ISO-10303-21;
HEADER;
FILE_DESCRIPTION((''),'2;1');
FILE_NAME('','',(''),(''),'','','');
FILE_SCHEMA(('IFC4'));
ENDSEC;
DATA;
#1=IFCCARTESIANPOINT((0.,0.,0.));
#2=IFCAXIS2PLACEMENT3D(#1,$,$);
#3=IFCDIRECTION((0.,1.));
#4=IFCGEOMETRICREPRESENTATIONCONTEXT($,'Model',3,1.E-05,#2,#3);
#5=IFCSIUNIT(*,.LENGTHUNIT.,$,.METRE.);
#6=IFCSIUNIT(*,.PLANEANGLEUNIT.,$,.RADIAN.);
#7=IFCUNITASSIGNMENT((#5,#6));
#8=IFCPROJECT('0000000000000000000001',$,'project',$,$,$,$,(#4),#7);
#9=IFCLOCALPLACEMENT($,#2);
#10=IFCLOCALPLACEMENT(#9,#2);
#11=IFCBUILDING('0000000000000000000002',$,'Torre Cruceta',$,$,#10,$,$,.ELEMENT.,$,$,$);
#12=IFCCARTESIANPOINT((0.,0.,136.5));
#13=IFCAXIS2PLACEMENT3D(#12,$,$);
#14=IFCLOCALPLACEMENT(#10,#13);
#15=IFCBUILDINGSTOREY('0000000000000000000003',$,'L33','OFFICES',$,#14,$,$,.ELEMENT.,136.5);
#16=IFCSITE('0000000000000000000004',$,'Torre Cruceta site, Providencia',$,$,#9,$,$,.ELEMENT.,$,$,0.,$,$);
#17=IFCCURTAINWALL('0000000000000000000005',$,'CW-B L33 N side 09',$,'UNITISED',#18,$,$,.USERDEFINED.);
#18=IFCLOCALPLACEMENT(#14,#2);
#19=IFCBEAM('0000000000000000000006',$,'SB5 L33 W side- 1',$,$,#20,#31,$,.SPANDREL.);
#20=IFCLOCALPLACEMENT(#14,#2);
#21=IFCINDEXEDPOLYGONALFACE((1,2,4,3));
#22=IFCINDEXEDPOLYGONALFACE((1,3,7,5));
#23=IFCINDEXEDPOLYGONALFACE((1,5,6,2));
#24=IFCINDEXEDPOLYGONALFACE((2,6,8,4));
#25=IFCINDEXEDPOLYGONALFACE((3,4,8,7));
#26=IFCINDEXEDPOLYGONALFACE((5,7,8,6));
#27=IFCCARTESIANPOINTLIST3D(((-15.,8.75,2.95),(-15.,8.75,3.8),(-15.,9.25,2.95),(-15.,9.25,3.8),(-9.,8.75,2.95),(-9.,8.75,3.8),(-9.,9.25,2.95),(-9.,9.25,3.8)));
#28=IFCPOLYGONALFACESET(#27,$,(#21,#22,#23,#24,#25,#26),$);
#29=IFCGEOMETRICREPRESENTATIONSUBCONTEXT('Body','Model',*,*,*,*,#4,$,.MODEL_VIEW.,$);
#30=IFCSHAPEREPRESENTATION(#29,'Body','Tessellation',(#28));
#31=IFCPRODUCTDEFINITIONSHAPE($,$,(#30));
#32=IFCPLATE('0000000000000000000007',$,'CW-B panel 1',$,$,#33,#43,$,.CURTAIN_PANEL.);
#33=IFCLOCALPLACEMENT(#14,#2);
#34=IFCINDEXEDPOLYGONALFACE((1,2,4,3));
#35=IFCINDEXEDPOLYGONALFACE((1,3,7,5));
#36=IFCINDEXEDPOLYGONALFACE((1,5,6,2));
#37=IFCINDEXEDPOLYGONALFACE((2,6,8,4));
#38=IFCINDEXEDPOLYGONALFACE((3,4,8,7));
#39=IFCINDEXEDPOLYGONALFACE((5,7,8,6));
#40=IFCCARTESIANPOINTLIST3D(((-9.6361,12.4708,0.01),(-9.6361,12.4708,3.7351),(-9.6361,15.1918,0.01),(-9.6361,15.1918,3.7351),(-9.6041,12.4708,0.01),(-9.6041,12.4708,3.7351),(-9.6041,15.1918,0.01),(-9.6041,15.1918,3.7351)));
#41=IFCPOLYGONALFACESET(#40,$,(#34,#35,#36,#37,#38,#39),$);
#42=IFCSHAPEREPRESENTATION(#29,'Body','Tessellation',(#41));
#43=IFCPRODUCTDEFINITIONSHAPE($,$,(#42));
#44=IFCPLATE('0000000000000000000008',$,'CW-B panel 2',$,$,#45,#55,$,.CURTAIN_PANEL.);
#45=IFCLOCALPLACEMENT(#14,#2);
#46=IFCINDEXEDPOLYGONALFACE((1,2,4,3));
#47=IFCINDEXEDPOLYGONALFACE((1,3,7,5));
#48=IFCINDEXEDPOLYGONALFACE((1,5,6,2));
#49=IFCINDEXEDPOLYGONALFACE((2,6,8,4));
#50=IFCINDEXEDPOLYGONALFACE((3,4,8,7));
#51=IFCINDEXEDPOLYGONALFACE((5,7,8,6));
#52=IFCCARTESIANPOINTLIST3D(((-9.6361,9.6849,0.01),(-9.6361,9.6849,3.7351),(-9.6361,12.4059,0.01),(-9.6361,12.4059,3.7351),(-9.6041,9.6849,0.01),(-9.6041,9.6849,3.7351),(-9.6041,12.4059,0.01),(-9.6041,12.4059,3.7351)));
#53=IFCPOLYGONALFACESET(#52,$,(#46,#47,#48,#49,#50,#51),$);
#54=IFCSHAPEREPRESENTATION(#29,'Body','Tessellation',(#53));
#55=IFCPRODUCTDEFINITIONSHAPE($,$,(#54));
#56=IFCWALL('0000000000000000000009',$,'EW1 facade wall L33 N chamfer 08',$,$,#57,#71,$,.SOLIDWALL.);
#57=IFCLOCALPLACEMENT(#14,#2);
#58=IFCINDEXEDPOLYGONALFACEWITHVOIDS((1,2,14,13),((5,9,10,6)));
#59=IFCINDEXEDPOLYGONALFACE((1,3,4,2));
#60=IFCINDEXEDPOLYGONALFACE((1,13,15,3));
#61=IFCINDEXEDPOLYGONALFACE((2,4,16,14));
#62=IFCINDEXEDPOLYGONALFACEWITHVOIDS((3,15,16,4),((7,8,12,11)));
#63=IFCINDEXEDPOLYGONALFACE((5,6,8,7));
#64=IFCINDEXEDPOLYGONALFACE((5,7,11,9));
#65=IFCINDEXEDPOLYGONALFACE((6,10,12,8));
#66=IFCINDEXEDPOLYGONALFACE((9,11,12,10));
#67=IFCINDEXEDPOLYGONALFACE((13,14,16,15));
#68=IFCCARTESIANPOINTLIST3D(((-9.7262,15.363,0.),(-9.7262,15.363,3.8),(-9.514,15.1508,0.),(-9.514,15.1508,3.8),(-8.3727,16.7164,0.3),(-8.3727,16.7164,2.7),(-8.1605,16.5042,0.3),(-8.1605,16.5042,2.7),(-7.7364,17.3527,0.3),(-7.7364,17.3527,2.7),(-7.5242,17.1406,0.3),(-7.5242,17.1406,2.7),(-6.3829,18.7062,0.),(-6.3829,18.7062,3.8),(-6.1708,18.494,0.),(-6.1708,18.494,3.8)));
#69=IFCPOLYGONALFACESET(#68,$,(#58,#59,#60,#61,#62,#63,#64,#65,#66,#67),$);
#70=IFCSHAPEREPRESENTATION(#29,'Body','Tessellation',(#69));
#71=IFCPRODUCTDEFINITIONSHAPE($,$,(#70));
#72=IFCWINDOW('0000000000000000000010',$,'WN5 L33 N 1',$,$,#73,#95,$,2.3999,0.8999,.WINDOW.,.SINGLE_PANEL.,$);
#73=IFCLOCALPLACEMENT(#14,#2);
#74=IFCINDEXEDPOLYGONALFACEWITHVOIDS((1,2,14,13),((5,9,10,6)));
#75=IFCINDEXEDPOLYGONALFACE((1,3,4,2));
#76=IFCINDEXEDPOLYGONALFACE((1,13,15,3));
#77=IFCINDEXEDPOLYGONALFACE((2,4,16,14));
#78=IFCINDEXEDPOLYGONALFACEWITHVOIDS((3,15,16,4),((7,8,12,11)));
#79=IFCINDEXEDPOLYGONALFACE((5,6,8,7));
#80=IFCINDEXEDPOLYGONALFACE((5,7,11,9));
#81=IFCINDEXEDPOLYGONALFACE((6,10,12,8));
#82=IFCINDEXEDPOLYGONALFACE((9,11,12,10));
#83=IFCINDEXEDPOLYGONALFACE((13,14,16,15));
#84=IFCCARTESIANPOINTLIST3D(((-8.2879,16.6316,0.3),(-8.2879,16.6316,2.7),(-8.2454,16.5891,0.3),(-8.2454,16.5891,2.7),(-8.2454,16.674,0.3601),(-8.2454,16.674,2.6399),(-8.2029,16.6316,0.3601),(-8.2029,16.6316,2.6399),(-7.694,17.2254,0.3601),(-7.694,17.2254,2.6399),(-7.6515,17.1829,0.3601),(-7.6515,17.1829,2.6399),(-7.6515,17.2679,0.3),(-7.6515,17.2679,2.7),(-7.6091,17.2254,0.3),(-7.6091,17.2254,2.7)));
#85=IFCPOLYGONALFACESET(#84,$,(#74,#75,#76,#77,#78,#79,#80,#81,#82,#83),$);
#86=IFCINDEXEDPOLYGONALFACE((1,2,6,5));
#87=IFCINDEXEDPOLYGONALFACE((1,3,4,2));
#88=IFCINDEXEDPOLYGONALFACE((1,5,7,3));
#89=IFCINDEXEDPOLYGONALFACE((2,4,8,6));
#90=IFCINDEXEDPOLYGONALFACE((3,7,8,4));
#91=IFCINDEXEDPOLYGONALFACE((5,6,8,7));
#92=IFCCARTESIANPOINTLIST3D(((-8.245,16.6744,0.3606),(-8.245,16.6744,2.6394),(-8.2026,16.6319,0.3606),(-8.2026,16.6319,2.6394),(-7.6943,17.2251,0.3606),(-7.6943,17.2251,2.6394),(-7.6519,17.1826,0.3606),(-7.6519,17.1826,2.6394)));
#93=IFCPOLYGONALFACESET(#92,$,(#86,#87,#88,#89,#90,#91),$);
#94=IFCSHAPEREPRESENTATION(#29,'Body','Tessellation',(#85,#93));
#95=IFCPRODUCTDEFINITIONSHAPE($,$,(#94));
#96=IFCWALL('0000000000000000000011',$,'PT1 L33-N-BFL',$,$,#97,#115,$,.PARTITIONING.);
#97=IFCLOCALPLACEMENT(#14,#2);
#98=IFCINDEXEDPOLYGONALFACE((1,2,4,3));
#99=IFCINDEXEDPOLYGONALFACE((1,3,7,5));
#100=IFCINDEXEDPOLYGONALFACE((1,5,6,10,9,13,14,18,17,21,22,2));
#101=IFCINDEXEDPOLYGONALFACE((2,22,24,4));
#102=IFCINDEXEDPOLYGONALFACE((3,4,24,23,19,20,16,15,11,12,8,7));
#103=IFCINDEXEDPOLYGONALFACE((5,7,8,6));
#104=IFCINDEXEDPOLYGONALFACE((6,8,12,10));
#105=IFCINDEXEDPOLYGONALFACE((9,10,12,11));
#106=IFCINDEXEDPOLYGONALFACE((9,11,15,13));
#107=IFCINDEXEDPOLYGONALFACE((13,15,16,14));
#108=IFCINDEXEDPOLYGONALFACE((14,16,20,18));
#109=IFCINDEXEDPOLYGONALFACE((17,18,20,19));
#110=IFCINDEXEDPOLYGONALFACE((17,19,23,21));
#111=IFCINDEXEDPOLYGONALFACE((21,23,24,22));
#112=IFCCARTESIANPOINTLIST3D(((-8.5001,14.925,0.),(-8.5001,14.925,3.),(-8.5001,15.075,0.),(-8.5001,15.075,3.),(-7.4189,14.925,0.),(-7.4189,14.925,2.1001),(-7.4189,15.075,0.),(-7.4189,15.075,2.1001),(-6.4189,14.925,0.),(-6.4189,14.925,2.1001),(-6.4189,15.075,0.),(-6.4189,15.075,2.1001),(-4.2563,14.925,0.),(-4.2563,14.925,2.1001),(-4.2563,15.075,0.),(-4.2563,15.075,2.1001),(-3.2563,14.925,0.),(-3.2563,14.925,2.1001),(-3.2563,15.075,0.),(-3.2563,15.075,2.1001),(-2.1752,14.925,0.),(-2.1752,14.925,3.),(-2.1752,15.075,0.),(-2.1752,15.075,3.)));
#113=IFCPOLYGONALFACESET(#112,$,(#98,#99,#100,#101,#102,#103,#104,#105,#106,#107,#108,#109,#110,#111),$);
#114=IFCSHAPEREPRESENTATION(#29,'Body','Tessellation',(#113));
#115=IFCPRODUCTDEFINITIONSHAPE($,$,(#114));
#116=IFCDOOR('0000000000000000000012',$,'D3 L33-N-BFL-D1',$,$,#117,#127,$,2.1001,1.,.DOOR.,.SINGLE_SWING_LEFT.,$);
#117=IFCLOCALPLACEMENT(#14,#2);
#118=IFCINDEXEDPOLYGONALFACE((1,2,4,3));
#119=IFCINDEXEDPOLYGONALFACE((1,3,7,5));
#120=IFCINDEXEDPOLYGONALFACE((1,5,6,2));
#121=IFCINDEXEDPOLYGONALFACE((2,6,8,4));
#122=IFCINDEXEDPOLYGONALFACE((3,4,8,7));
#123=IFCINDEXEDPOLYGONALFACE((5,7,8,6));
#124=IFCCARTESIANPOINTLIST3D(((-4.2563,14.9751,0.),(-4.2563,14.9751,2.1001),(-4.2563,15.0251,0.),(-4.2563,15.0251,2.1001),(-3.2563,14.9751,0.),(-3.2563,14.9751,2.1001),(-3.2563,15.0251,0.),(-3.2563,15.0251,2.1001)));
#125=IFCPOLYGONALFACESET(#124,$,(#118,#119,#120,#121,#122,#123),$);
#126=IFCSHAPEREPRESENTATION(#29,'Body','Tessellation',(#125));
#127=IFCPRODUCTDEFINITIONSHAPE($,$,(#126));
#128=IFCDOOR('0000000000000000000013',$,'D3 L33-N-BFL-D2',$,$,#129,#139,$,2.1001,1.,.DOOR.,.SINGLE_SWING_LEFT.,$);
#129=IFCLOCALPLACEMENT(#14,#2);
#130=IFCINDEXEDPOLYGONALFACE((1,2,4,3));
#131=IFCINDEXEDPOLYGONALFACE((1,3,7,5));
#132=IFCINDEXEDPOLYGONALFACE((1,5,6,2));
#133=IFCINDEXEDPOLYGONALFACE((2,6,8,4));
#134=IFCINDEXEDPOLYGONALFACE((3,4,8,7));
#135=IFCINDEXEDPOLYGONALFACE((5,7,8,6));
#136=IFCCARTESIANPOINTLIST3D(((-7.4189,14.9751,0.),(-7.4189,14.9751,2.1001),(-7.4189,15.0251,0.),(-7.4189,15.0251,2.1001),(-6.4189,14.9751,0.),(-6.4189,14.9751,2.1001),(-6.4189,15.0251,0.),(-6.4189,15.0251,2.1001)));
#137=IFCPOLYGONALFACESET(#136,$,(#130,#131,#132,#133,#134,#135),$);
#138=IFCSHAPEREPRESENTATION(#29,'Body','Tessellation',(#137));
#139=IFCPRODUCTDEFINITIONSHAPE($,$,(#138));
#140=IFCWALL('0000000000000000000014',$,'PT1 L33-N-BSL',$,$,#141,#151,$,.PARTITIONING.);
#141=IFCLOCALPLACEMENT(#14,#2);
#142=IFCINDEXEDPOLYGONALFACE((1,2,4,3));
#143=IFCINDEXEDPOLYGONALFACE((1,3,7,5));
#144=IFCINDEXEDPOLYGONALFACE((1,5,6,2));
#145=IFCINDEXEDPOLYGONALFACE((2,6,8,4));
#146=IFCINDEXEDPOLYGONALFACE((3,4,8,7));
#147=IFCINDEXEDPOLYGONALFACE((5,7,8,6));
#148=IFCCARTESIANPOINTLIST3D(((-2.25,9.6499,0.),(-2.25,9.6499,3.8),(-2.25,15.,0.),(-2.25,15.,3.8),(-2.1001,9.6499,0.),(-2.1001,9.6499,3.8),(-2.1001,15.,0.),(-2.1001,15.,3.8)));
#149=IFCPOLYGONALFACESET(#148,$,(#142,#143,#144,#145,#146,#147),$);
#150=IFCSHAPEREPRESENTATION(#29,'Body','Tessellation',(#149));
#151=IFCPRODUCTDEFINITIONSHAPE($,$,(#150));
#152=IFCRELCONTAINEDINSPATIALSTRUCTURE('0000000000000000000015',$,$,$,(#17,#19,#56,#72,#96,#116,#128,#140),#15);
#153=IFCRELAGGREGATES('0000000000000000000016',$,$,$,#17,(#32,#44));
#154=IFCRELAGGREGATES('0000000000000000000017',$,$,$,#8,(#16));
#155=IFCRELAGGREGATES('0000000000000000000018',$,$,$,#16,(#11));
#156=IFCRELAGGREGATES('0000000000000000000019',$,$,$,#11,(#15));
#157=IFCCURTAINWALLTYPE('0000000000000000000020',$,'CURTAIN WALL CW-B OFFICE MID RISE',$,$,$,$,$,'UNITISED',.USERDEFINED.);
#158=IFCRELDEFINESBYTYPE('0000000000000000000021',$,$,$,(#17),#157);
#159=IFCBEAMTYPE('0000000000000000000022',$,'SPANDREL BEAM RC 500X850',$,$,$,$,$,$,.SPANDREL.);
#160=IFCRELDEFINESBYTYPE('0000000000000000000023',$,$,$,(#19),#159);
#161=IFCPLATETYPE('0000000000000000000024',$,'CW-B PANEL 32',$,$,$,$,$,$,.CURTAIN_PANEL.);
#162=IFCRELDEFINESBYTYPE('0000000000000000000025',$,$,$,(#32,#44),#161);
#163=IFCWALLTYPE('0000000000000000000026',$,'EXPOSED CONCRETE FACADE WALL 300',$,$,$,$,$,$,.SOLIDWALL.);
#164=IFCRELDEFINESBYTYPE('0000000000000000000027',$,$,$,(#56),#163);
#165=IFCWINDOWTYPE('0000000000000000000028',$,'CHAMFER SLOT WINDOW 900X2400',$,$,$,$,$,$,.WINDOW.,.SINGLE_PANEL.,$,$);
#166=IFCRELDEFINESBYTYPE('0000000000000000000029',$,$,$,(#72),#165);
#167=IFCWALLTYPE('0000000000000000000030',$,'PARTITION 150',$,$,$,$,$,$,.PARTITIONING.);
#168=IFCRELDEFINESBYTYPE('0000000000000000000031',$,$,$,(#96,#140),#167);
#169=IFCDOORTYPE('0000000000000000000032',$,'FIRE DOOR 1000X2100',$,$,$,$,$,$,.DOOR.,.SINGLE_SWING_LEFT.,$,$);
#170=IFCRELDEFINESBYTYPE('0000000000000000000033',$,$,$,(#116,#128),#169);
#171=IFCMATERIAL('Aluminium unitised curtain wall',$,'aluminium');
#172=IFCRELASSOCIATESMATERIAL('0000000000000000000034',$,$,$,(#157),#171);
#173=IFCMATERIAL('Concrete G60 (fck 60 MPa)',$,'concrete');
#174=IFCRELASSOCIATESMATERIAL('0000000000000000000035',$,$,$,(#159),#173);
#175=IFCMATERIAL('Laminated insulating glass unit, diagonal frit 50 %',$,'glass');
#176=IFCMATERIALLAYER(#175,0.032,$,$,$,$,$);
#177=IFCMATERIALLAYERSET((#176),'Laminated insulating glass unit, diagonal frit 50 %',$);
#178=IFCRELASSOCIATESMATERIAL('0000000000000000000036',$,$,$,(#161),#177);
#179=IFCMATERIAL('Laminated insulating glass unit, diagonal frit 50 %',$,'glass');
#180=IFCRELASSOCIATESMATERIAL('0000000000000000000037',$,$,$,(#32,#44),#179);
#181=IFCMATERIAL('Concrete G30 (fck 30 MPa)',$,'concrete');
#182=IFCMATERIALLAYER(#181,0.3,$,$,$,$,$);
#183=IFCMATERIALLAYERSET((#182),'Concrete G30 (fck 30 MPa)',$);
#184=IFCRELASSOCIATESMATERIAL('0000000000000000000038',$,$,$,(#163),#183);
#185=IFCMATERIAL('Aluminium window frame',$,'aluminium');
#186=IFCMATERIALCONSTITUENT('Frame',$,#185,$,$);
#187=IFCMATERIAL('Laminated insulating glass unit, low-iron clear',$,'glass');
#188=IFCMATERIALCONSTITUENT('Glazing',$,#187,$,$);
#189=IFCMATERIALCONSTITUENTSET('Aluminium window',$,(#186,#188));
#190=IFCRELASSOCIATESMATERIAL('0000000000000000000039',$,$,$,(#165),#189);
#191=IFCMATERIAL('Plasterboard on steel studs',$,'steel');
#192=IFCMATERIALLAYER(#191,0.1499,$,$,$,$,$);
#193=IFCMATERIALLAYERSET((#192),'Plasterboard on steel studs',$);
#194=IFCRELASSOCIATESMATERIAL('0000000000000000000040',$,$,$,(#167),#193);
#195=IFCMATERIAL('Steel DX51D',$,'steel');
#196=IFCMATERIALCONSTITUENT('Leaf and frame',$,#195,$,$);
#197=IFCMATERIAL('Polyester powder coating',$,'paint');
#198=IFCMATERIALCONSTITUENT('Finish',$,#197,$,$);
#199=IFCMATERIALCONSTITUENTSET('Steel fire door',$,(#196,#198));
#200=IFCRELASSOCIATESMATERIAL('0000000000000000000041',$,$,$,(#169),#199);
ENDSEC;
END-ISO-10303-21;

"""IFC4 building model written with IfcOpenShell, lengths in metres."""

from ifc_helpers import new_model, si_unit, direction, frame, frame_2d, origin, origin_2d, place, context, subcontext, project, spatial, rectangle, hollow_rectangle, extrude, material, layer, layer_set, constituent, constituent_set, material_profile, profile_set, type_object, element, fill, aggregate, save


model = new_model("IFC4")

# Units and contexts
model_context = context("Model", 3, precision=1e-05, world=origin(), true_north=direction((0.0, 1.0)))
body_context = subcontext(model_context, "Body", "Model", "MODEL_VIEW")
ifc_project = project(units=[si_unit("LENGTHUNIT", "METRE"), si_unit("PLANEANGLEUNIT", "RADIAN")], contexts=[model_context])

# Site, building, storey
site_placement = place(None, origin())
site = spatial("IfcSite", under=ifc_project, at=site_placement, Name="Torre Cruceta site, Providencia", CompositionType="ELEMENT", RefElevation=0.0)
building_placement = place(site_placement, origin())
building = spatial("IfcBuilding", under=site, at=building_placement, Name="Torre Cruceta", CompositionType="ELEMENT")
storey_placement = place(building_placement, frame((0.0, 0.0, 136.5)))
storey = spatial("IfcBuildingStorey", under=building, at=storey_placement, Name="L33", Description="OFFICES", CompositionType="ELEMENT", Elevation=136.5)

# Curtain wall
ifc_material_1 = material(Name="Aluminium unitised curtain wall", Category="aluminium")
curtain_wall_type = type_object("IfcCurtainWallType", Name="CURTAIN WALL CW-B OFFICE MID RISE", ElementType="UNITISED", PredefinedType="USERDEFINED", material=ifc_material_1)
curtain_wall_placement = place(storey_placement, origin())
curtain_wall = element("IfcCurtainWall", 1, at=curtain_wall_placement, inside=storey, type_object=curtain_wall_type, Name="CW-B L33 N side 09", ObjectType="UNITISED", PredefinedType="USERDEFINED")

# Beam
ifc_material_2 = material(Name="Concrete G60 (fck 60 MPa)", Category="concrete")
ifc_material_profile_1 = material_profile(ifc_material_2, rectangle(XDim=0.5, YDim=0.8501, at=origin_2d()), Name="RC 500X850")
ifc_profile_set_1 = profile_set([ifc_material_profile_1], Name="Concrete G60 (fck 60 MPa)")
beam_type_1 = type_object("IfcBeamType", Name="SPANDREL BEAM RC 500X850", PredefinedType="SPANDREL", material=ifc_profile_set_1)
beam_1_placement = place(storey_placement, frame((-9.0, 9.0, 3.375), z_axis=(-1.0, 0.0, 0.0), x_axis=(0.0, -1.0, 0.0)))
element("IfcBeam", 2, at=beam_1_placement, inside=storey, type_object=beam_type_1, Name="SB5 L33 W side- 1", PredefinedType="SPANDREL", context=body_context, shape_type="SweptSolid", body=[
    extrude(rectangle(XDim=0.5, YDim=0.8501, at=origin_2d()), origin(), (0.0, 0.0, 1.0), 6.0),
])

# Plates
ifc_material_3 = material(Name="Laminated insulating glass unit, diagonal frit 50 %", Category="glass")
ifc_material_4 = material(Name="Laminated insulating glass unit, diagonal frit 50 %", Category="glass")
ifc_layer_1 = layer(ifc_material_4, 0.032)
ifc_layer_set_1 = layer_set([ifc_layer_1], Name="Laminated insulating glass unit, diagonal frit 50 %")
plate_type = type_object("IfcPlateType", Name="CW-B PANEL 32", PredefinedType="CURTAIN_PANEL", material=ifc_layer_set_1)
plate_1_placement = place(storey_placement, frame((-9.6201, 13.8313, 0.01), z_axis=(0.0, 0.0, 1.0), x_axis=(0.0, -1.0, 0.0)))
plate_1 = element("IfcPlate", 3, at=plate_1_placement, type_object=plate_type, material=ifc_material_3, Name="CW-B panel 1", PredefinedType="CURTAIN_PANEL", context=body_context, shape_type="SweptSolid", body=[
    extrude(rectangle(XDim=2.7209, YDim=0.032, at=origin_2d()), origin(), (0.0, 0.0, 1.0), 3.7251),
])
plate_2_placement = place(storey_placement, frame((-9.6201, 11.0454, 0.01), z_axis=(0.0, 0.0, 1.0), x_axis=(0.0, -1.0, 0.0)))
plate_2 = element("IfcPlate", 4, at=plate_2_placement, type_object=plate_type, material=ifc_material_3, Name="CW-B panel 2", PredefinedType="CURTAIN_PANEL", context=body_context, shape_type="SweptSolid", body=[
    extrude(rectangle(XDim=2.7209, YDim=0.032, at=origin_2d()), origin(), (0.0, 0.0, 1.0), 3.7251),
])
aggregate(curtain_wall, [plate_1, plate_2])

# Wall, opening, window
ifc_material_5 = material(Name="Concrete G30 (fck 30 MPa)", Category="concrete")
ifc_layer_2 = layer(ifc_material_5, 0.3)
ifc_layer_set_2 = layer_set([ifc_layer_2], Name="Concrete G30 (fck 30 MPa)")
wall_type_1 = type_object("IfcWallType", Name="EXPOSED CONCRETE FACADE WALL 300", PredefinedType="SOLIDWALL", material=ifc_layer_set_2)
wall_1_placement = place(storey_placement, frame((-6.2769, 18.6001, 0.0), z_axis=(0.0, 0.0, 1.0), x_axis=(-0.707107, -0.707107, 0.0)))
wall_1 = element("IfcWall", 5, at=wall_1_placement, inside=storey, type_object=wall_type_1, Name="EW1 facade wall L33 N chamfer 08", PredefinedType="SOLIDWALL", context=body_context, shape_type="SweptSolid", body=[
    extrude(rectangle(XDim=4.728, YDim=0.3, at=frame_2d((2.364, 0.0))), origin(), (0.0, 0.0, 1.0), 3.8),
])
opening_1_placement = place(wall_1_placement, frame((1.9141, 0.0, 0.3)))
opening_1 = element("IfcOpeningElement", 6, at=opening_1_placement, cuts=wall_1, PredefinedType="OPENING", context=body_context, shape_type="SweptSolid", body=[
    extrude(rectangle(XDim=0.8999, YDim=2.3999, at=frame_2d((0.45, 1.2))), frame((0.0, 0.1599, 0.0), z_axis=(0.0, -1.0, 0.0), x_axis=(1.0, 0.0, 0.0)), (0.0, 0.0, 1.0), 0.3201),
])
ifc_material_6 = material(Name="Aluminium window frame", Category="aluminium")
ifc_constituent_1 = constituent(ifc_material_6, Name="Frame")
ifc_material_7 = material(Name="Laminated insulating glass unit, low-iron clear", Category="glass")
ifc_constituent_2 = constituent(ifc_material_7, Name="Glazing")
ifc_constituent_set_1 = constituent_set(constituents=[ifc_constituent_1, ifc_constituent_2], Name="Aluminium window")
window_type = type_object("IfcWindowType", Name="CHAMFER SLOT WINDOW 900X2400", PartitioningType="SINGLE_PANEL", PredefinedType="WINDOW", material=ifc_constituent_set_1)
window_placement = place(opening_1_placement, origin())
window = element("IfcWindow", 7, at=window_placement, inside=storey, type_object=window_type, Name="WN5 L33 N 1", OverallHeight=2.3999, OverallWidth=0.8999, PartitioningType="SINGLE_PANEL", PredefinedType="WINDOW", context=body_context, shape_type="SweptSolid", body=[
    extrude(hollow_rectangle(XDim=0.8999, YDim=2.3999, WallThickness=0.0601, at=frame_2d((0.45, 1.2))), frame((0.0, 0.03, 0.0), z_axis=(0.0, -1.0, 0.0), x_axis=(1.0, 0.0, 0.0)), (0.0, 0.0, 1.0), 0.0601),
    extrude(rectangle(XDim=0.7788, YDim=2.2788, at=frame_2d((0.45, 1.2))), frame((0.0, 0.03, 0.0), z_axis=(0.0, -1.0, 0.0), x_axis=(1.0, 0.0, 0.0)), (0.0, 0.0, 1.0), 0.0601),
])
fill(opening_1, window)

# Wall, openings, doors
ifc_material_8 = material(Name="Plasterboard on steel studs", Category="steel")
ifc_layer_3 = layer(ifc_material_8, 0.1499)
ifc_layer_set_3 = layer_set([ifc_layer_3], Name="Plasterboard on steel studs")
wall_type_2 = type_object("IfcWallType", Name="PARTITION 150", PredefinedType="PARTITIONING", material=ifc_layer_set_3)
wall_2_placement = place(storey_placement, frame((-2.175, 15.0, 0.0), z_axis=(0.0, 0.0, 1.0), x_axis=(-1.0, 0.0, 0.0)))
wall_2 = element("IfcWall", 8, at=wall_2_placement, inside=storey, type_object=wall_type_2, Name="PT1 L33-N-BFL", PredefinedType="PARTITIONING", context=body_context, shape_type="SweptSolid", body=[
    extrude(rectangle(XDim=6.325, YDim=0.1499, at=frame_2d((3.1626, 0.0))), origin(), (0.0, 0.0, 1.0), 3.0),
])
opening_2_placement = place(wall_2_placement, frame((1.0813, 0.0, 0.0)))
opening_2 = element("IfcOpeningElement", 9, at=opening_2_placement, cuts=wall_2, PredefinedType="OPENING", context=body_context, shape_type="SweptSolid", body=[
    extrude(rectangle(XDim=1.0, YDim=2.1001, at=frame_2d((0.5, 1.05))), frame((0.0, 0.085, 0.0), z_axis=(0.0, -1.0, 0.0), x_axis=(1.0, 0.0, 0.0)), (0.0, 0.0, 1.0), 0.1699),
])
opening_3_placement = place(wall_2_placement, frame((4.2439, 0.0, 0.0)))
opening_3 = element("IfcOpeningElement", 10, at=opening_3_placement, cuts=wall_2, PredefinedType="OPENING", context=body_context, shape_type="SweptSolid", body=[
    extrude(rectangle(XDim=1.0, YDim=2.1001, at=frame_2d((0.5, 1.05))), frame((0.0, 0.085, 0.0), z_axis=(0.0, -1.0, 0.0), x_axis=(1.0, 0.0, 0.0)), (0.0, 0.0, 1.0), 0.1699),
])
ifc_material_9 = material(Name="Steel DX51D", Category="steel")
ifc_constituent_3 = constituent(ifc_material_9, Name="Leaf and frame")
ifc_material_10 = material(Name="Polyester powder coating", Category="paint")
ifc_constituent_4 = constituent(ifc_material_10, Name="Finish")
ifc_constituent_set_2 = constituent_set(constituents=[ifc_constituent_3, ifc_constituent_4], Name="Steel fire door")
door_type_1 = type_object("IfcDoorType", Name="FIRE DOOR 1000X2100", OperationType="SINGLE_SWING_LEFT", PredefinedType="DOOR", material=ifc_constituent_set_2)
door_1_placement = place(opening_2_placement, origin())
door_1 = element("IfcDoor", 11, at=door_1_placement, inside=storey, type_object=door_type_1, Name="D3 L33-N-BFL-D1", OperationType="SINGLE_SWING_LEFT", OverallHeight=2.1001, OverallWidth=1.0, PredefinedType="DOOR", context=body_context, shape_type="SweptSolid", body=[
    extrude(rectangle(XDim=1.0, YDim=2.1001, at=frame_2d((0.5, 1.05))), frame((0.0, 0.0249, 0.0), z_axis=(0.0, -1.0, 0.0), x_axis=(1.0, 0.0, 0.0)), (0.0, 0.0, 1.0), 0.05),
])
fill(opening_2, door_1)
door_2_placement = place(opening_3_placement, origin())
door_2 = element("IfcDoor", 12, at=door_2_placement, inside=storey, type_object=door_type_1, Name="D3 L33-N-BFL-D2", OperationType="SINGLE_SWING_LEFT", OverallHeight=2.1001, OverallWidth=1.0, PredefinedType="DOOR", context=body_context, shape_type="SweptSolid", body=[
    extrude(rectangle(XDim=1.0, YDim=2.1001, at=frame_2d((0.5, 1.05))), frame((0.0, 0.0249, 0.0), z_axis=(0.0, -1.0, 0.0), x_axis=(1.0, 0.0, 0.0)), (0.0, 0.0, 1.0), 0.05),
])
fill(opening_3, door_2)

# Wall
wall_3_placement = place(storey_placement, frame((-2.175, 9.6499, 0.0), z_axis=(0.0, 0.0, 1.0), x_axis=(0.0, 1.0, 0.0)))
element("IfcWall", 13, at=wall_3_placement, inside=storey, type_object=wall_type_2, Name="PT1 L33-N-BSL", PredefinedType="PARTITIONING", context=body_context, shape_type="SweptSolid", body=[
    extrude(rectangle(XDim=5.3501, YDim=0.1499, at=frame_2d((2.675, 0.0))), origin(), (0.0, 0.0, 1.0), 3.8),
])

save(model, "model.ifc")
